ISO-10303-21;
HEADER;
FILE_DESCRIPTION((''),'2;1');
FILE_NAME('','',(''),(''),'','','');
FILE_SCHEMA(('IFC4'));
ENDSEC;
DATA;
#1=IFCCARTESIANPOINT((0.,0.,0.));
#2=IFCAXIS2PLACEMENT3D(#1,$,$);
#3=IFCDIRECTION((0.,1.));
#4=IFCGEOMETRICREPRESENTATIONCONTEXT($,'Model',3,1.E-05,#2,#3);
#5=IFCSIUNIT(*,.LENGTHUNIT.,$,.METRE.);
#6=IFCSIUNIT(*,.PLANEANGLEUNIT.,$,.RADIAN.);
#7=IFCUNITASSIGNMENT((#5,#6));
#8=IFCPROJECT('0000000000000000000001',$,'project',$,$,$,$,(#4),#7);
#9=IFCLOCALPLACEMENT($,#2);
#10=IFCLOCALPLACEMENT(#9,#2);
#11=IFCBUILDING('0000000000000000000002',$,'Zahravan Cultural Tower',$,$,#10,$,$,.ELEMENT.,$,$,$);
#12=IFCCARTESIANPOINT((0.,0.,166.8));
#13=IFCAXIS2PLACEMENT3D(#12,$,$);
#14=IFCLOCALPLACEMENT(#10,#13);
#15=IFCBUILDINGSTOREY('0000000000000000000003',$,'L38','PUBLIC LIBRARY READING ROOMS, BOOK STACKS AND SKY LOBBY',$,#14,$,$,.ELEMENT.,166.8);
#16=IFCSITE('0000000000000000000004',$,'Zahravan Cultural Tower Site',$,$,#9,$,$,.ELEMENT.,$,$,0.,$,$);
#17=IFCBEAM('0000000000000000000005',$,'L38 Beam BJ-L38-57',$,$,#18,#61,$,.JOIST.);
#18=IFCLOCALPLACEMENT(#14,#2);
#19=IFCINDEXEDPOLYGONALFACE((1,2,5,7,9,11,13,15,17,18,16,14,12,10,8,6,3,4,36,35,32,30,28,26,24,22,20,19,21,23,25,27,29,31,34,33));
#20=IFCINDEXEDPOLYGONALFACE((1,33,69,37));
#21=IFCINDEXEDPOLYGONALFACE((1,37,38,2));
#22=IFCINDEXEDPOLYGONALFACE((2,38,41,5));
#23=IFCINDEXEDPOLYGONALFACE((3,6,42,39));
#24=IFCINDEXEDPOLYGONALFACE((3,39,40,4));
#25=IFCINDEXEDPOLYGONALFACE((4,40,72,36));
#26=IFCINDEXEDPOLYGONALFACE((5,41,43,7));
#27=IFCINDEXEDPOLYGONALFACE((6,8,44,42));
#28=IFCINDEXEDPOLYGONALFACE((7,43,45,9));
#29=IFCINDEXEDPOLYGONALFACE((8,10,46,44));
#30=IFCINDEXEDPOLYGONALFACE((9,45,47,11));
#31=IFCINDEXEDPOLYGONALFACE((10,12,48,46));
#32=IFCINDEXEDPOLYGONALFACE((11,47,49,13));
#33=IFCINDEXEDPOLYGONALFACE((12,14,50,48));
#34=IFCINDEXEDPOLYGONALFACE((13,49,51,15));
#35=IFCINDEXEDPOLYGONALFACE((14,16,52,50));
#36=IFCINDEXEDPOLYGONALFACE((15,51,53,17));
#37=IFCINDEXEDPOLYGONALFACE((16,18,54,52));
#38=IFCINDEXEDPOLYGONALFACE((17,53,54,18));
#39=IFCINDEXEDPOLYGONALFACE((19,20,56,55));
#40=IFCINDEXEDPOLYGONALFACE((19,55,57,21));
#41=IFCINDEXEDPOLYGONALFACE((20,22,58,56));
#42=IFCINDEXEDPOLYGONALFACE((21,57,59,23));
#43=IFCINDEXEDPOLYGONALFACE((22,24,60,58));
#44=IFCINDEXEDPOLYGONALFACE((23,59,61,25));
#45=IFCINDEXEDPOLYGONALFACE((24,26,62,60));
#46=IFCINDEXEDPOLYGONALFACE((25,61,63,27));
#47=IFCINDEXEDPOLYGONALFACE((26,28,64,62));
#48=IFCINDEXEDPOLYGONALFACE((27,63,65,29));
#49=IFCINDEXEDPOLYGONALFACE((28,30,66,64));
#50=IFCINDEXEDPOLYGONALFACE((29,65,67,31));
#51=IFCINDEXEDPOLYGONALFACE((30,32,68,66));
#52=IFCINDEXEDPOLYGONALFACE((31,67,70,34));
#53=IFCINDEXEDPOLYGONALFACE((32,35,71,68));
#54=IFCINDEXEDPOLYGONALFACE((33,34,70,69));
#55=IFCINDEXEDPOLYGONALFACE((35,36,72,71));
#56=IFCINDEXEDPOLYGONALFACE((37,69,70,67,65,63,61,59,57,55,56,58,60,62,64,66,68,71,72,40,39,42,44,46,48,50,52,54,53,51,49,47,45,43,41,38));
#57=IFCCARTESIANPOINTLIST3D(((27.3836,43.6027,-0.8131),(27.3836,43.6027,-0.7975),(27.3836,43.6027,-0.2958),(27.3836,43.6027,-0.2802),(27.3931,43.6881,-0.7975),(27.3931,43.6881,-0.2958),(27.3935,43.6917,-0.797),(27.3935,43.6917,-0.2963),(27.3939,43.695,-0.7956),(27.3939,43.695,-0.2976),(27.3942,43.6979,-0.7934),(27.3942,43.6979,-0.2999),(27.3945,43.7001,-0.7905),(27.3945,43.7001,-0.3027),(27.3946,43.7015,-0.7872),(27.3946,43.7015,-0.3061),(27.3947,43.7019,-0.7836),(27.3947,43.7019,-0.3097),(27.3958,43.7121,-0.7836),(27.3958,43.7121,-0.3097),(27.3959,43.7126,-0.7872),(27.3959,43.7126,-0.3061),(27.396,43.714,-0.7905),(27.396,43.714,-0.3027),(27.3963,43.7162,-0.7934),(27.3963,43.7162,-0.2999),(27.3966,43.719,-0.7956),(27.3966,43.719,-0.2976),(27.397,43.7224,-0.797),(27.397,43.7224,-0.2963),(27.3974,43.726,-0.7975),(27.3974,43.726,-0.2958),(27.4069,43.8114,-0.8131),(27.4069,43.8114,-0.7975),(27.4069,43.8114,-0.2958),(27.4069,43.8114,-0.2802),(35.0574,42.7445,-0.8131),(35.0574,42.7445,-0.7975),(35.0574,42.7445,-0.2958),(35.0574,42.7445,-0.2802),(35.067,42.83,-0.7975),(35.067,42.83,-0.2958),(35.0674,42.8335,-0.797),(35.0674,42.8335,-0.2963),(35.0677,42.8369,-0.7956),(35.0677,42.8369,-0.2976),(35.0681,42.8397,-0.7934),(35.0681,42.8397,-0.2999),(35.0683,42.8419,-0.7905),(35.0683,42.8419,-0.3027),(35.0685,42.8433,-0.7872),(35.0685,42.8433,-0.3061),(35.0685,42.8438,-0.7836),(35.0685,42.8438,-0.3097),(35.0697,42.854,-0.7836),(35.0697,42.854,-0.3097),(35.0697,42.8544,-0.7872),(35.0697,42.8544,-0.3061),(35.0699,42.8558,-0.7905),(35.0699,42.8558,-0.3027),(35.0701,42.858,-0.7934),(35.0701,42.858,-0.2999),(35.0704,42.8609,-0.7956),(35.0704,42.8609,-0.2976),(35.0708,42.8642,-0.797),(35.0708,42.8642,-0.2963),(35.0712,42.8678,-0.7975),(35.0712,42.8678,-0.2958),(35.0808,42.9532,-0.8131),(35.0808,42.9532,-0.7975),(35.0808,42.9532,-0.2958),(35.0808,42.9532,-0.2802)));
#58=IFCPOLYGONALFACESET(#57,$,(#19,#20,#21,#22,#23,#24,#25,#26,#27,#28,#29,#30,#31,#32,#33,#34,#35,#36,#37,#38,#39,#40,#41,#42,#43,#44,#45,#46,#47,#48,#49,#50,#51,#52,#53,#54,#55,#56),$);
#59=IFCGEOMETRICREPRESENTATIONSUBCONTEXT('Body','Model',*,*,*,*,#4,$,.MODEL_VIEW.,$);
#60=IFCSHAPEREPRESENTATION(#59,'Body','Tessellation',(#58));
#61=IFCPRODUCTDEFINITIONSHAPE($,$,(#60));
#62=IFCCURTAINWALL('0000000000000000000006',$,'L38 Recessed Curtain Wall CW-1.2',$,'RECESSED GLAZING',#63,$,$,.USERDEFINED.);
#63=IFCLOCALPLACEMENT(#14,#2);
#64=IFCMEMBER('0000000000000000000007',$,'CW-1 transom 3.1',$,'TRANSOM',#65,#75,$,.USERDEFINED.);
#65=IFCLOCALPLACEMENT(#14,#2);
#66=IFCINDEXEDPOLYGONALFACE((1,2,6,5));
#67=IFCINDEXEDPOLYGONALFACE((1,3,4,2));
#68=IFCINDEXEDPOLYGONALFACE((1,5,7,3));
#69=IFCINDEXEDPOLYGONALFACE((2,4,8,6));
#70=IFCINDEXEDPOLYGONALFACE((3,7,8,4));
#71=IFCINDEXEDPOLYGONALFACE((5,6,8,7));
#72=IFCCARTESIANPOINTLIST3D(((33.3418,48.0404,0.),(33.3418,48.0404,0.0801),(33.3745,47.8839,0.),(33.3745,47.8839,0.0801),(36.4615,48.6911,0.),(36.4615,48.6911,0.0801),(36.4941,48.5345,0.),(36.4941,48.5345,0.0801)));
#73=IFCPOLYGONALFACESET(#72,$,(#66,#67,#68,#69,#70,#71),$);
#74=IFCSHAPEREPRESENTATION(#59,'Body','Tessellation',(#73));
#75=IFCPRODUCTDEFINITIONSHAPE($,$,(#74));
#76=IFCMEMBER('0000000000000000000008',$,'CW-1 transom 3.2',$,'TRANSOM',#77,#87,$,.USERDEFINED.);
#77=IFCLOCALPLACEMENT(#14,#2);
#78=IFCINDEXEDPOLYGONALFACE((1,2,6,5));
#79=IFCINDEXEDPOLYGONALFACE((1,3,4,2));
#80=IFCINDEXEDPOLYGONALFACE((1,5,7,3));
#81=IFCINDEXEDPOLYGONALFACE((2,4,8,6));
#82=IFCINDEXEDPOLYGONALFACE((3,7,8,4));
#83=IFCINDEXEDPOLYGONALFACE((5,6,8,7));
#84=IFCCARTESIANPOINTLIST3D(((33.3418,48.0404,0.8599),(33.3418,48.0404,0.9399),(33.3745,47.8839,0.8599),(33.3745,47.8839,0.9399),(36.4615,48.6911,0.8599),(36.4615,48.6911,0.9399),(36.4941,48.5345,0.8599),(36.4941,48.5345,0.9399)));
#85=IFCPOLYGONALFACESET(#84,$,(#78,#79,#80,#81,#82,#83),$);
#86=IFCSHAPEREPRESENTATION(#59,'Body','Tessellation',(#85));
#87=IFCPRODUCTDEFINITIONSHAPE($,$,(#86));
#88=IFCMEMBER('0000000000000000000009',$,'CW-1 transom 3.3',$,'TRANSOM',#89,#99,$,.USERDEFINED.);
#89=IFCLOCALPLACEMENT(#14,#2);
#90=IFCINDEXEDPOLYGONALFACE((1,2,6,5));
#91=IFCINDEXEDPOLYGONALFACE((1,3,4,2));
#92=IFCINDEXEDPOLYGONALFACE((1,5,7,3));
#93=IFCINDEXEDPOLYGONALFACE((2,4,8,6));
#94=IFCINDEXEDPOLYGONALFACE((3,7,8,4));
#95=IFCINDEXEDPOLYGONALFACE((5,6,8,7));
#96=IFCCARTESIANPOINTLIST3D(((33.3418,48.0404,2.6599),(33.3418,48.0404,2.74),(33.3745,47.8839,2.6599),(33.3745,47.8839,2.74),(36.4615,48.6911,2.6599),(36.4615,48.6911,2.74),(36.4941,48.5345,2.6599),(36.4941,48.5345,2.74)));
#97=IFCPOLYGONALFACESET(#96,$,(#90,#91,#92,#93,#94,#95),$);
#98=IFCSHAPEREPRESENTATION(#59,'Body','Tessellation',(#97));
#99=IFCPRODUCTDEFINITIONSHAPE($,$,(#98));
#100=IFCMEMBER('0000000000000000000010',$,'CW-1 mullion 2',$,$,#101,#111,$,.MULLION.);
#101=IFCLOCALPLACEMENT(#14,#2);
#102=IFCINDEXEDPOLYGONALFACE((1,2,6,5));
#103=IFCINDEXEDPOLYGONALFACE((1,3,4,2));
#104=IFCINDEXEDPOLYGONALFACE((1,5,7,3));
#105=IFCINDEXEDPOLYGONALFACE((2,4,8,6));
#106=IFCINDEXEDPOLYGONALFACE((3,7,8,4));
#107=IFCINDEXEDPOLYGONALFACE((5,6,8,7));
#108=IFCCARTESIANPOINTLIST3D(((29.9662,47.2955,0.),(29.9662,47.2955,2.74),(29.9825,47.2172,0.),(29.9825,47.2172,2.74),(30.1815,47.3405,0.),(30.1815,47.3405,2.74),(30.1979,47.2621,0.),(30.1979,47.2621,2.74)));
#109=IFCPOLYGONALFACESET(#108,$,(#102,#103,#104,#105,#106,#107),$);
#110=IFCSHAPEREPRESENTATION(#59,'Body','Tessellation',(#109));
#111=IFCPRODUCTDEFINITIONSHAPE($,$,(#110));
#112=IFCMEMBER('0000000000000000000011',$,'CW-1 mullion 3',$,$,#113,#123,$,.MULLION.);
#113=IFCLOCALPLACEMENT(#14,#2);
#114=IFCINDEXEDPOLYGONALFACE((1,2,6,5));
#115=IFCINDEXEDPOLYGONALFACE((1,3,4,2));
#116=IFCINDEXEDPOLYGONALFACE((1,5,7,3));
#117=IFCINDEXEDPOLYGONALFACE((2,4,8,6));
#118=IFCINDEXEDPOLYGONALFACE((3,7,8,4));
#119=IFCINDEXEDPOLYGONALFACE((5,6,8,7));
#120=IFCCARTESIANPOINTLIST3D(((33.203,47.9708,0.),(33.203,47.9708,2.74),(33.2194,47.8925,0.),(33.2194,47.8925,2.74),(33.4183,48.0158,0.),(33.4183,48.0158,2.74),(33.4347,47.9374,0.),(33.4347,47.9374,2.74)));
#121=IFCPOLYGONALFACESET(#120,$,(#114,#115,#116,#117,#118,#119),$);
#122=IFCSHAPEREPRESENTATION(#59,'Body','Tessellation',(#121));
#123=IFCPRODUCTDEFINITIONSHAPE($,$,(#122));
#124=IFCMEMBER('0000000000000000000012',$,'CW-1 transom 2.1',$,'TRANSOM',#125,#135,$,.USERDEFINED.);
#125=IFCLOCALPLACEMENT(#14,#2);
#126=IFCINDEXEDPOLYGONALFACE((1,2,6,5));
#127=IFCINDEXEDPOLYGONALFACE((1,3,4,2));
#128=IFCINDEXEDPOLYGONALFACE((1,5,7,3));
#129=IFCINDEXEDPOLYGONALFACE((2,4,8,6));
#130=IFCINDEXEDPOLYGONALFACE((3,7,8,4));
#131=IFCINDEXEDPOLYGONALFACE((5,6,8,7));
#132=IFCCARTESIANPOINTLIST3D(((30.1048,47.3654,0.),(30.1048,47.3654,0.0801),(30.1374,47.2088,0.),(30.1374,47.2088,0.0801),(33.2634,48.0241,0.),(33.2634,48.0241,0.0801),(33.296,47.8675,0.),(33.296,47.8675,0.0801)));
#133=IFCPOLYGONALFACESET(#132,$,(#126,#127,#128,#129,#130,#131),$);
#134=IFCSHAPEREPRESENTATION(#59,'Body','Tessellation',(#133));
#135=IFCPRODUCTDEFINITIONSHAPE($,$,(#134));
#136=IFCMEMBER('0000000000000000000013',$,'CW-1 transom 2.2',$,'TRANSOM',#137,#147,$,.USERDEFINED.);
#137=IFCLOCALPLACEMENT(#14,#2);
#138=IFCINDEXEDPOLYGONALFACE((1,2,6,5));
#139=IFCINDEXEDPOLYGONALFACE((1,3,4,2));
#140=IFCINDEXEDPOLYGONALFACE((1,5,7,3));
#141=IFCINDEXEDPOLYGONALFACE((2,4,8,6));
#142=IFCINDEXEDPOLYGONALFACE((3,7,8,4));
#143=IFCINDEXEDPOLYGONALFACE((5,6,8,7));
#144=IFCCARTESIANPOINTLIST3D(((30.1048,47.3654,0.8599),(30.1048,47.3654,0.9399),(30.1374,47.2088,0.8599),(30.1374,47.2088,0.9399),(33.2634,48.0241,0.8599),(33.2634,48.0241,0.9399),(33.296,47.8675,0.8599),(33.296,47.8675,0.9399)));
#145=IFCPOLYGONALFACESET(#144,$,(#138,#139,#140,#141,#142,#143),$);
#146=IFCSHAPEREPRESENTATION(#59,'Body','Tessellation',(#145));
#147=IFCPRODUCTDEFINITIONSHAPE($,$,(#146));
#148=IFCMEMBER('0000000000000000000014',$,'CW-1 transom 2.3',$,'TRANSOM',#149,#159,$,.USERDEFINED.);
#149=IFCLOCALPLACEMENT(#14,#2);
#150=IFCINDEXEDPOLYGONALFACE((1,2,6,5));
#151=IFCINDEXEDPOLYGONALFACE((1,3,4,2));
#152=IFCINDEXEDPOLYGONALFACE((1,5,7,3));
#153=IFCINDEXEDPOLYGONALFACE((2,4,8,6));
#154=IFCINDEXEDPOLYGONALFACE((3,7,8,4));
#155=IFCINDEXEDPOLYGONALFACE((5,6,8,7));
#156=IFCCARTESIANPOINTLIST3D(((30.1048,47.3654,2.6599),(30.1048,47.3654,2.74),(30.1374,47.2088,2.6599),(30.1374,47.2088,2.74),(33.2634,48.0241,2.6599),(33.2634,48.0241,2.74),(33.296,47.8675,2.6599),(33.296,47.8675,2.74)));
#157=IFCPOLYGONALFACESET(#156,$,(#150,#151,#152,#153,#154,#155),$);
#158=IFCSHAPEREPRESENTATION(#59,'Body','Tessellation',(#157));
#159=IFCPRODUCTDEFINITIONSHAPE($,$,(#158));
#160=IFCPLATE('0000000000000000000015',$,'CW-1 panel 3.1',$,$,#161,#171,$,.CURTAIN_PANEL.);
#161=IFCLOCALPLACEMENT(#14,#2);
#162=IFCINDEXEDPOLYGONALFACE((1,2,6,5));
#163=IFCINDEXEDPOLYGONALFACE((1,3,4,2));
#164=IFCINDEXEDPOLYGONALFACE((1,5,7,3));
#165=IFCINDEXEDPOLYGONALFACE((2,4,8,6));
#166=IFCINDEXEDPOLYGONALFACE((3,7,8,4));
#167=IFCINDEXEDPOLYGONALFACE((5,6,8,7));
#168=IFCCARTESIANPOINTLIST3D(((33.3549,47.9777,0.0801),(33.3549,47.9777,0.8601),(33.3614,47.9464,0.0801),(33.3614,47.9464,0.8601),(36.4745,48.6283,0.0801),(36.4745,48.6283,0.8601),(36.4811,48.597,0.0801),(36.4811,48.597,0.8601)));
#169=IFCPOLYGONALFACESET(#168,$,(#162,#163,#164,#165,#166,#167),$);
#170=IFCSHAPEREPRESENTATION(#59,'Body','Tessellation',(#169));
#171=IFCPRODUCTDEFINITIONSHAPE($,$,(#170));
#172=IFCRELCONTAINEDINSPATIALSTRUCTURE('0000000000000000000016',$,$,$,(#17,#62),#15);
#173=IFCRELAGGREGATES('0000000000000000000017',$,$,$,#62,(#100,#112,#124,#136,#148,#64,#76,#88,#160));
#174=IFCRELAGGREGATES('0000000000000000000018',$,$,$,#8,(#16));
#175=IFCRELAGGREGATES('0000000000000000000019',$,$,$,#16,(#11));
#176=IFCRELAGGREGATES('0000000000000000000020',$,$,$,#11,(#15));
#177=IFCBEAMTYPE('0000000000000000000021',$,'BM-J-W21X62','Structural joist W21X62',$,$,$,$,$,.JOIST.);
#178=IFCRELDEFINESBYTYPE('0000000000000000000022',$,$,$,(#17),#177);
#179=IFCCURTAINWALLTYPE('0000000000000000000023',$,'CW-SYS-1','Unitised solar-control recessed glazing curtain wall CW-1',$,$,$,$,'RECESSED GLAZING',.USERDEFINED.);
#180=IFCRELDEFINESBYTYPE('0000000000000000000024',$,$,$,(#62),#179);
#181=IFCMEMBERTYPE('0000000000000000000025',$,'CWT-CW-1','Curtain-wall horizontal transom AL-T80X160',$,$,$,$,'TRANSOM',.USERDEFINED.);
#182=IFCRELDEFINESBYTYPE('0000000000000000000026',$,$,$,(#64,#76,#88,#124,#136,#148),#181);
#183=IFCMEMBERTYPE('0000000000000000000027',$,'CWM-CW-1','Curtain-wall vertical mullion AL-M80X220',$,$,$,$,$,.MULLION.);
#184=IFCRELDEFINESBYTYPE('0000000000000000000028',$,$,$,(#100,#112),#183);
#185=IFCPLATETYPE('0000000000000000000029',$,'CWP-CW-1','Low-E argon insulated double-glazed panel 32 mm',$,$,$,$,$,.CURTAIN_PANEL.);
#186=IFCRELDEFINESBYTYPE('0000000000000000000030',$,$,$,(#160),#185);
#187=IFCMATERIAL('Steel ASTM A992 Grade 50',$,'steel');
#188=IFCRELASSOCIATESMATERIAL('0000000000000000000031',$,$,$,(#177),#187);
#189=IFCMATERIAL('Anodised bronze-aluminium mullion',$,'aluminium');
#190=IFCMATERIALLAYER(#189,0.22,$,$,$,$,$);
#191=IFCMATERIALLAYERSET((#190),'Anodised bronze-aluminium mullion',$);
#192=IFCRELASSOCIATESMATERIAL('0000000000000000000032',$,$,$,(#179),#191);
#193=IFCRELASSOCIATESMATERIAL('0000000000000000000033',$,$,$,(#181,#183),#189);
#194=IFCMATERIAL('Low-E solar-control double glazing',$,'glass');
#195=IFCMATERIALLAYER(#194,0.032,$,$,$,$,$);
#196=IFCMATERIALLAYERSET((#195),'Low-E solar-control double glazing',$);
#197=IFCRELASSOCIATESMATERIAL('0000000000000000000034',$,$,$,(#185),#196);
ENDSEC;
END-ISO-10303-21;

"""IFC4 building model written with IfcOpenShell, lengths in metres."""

from ifc_helpers import new_model, si_unit, direction, frame, origin, origin_2d, place, context, subcontext, project, spatial, rectangle, i_section, extrude, source, transform, mapped, material, layer, layer_set, material_profile, profile_set, type_object, element, aggregate, save


model = new_model("IFC4")

# Units and contexts
model_context = context("Model", 3, precision=1e-05, world=origin(), true_north=direction((0.0, 1.0)))
body_context = subcontext(model_context, "Body", "Model", "MODEL_VIEW")
ifc_project = project(units=[si_unit("LENGTHUNIT", "METRE"), si_unit("PLANEANGLEUNIT", "RADIAN")], contexts=[model_context])

# Site, building, storey
site_placement = place(None, origin())
site = spatial("IfcSite", under=ifc_project, at=site_placement, Name="Zahravan Cultural Tower Site", CompositionType="ELEMENT", RefElevation=0.0)
building_placement = place(site_placement, origin())
building = spatial("IfcBuilding", under=site, at=building_placement, Name="Zahravan Cultural Tower", CompositionType="ELEMENT")
storey_placement = place(building_placement, frame((0.0, 0.0, 166.8)))
storey = spatial("IfcBuildingStorey", under=building, at=storey_placement, Name="L38", Description="PUBLIC LIBRARY READING ROOMS, BOOK STACKS AND SKY LOBBY", CompositionType="ELEMENT", Elevation=166.8)

# Shared definitions
ifc_material_1 = material(Name="Steel ASTM A992 Grade 50", Category="steel")

# Beam
ifc_material_profile_1 = material_profile(ifc_material_1, i_section(OverallWidth=0.21, OverallDepth=0.533, WebThickness=0.0103, FlangeThickness=0.0156, FilletRadius=0.0139, at=origin_2d()), Name="W21X62")
ifc_profile_set_1 = profile_set([ifc_material_profile_1], Name="Steel ASTM A992 Grade 50")
beam_type_1 = type_object("IfcBeamType", Name="BM-J-W21X62", Description="Structural joist W21X62", PredefinedType="JOIST", material=ifc_profile_set_1)
shared_shape_1 = source(origin(), body_context, "Body", "SweptSolid", [
    extrude(i_section(OverallWidth=0.21, OverallDepth=0.533, WebThickness=0.0103, FlangeThickness=0.0156, FilletRadius=0.0139, at=origin_2d()), origin(), (0.0, 0.0, 1.0), 7.7217),
])
beam_1_placement = place(storey_placement, frame((35.0691, 42.8489, -0.5466), z_axis=(-0.993805, 0.111136, 0.0), x_axis=(-0.111136, -0.993805, 0.0)))
element("IfcBeam", 1, at=beam_1_placement, inside=storey, type_object=beam_type_1, Name="L38 Beam BJ-L38-57", PredefinedType="JOIST", context=body_context, shape_type="MappedRepresentation", body=[
    mapped(shared_shape_1, transform((0.0, 0.0, 0.0), x_axis=(1.0, 0.0, 0.0), y_axis=(0.0, 1.0, 0.0), z_axis=(0.0, 0.0, 1.0), scale=1.0)),
])

# Curtain wall, members, plate
ifc_material_2 = material(Name="Anodised bronze-aluminium mullion", Category="aluminium")
ifc_layer_1 = layer(ifc_material_2, 0.22)
ifc_layer_set_1 = layer_set([ifc_layer_1], Name="Anodised bronze-aluminium mullion")
curtain_wall_type = type_object("IfcCurtainWallType", Name="CW-SYS-1", Description="Unitised solar-control recessed glazing curtain wall CW-1", ElementType="RECESSED GLAZING", PredefinedType="USERDEFINED", material=ifc_layer_set_1)
curtain_wall_placement = place(storey_placement, origin())
curtain_wall = element("IfcCurtainWall", 2, at=curtain_wall_placement, inside=storey, type_object=curtain_wall_type, Name="L38 Recessed Curtain Wall CW-1.2", ObjectType="RECESSED GLAZING", PredefinedType="USERDEFINED")
ifc_material_profile_2 = material_profile(ifc_material_2, rectangle(XDim=0.1599, YDim=0.0801, at=origin_2d()), Name="AL-T80X160")
ifc_profile_set_2 = profile_set([ifc_material_profile_2], Name="Anodised bronze-aluminium mullion")
member_type_1 = type_object("IfcMemberType", Name="CWT-CW-1", Description="Curtain-wall horizontal transom AL-T80X160", ElementType="TRANSOM", PredefinedType="USERDEFINED", material=ifc_profile_set_2)
shared_shape_2 = source(origin(), body_context, "Body", "SweptSolid", [
    extrude(rectangle(XDim=0.1599, YDim=0.0801, at=origin_2d()), origin(), (0.0, 0.0, 1.0), 3.1868),
])
member_1_placement = place(storey_placement, frame((33.3582, 47.9622, 0.04), z_axis=(0.978936, 0.204168, 0.0), x_axis=(-0.204168, 0.978936, 0.0)))
member_1 = element("IfcMember", 3, at=member_1_placement, type_object=member_type_1, Name="CW-1 transom 3.1", ObjectType="TRANSOM", PredefinedType="USERDEFINED", context=body_context, shape_type="MappedRepresentation", body=[
    mapped(shared_shape_2, transform((0.0, 0.0, 0.0), x_axis=(1.0, 0.0, 0.0), y_axis=(0.0, 1.0, 0.0), z_axis=(0.0, 0.0, 1.0), scale=1.0)),
])
member_2_placement = place(storey_placement, frame((33.3582, 47.9622, 0.8999), z_axis=(0.978936, 0.204168, 0.0), x_axis=(-0.204168, 0.978936, 0.0)))
member_2 = element("IfcMember", 4, at=member_2_placement, type_object=member_type_1, Name="CW-1 transom 3.2", ObjectType="TRANSOM", PredefinedType="USERDEFINED", context=body_context, shape_type="MappedRepresentation", body=[
    mapped(shared_shape_2, transform((0.0, 0.0, 0.0), x_axis=(1.0, 0.0, 0.0), y_axis=(0.0, 1.0, 0.0), z_axis=(0.0, 0.0, 1.0), scale=1.0)),
])
member_3_placement = place(storey_placement, frame((33.3582, 47.9622, 2.7), z_axis=(0.978936, 0.204168, 0.0), x_axis=(-0.204168, 0.978936, 0.0)))
member_3 = element("IfcMember", 5, at=member_3_placement, type_object=member_type_1, Name="CW-1 transom 3.3", ObjectType="TRANSOM", PredefinedType="USERDEFINED", context=body_context, shape_type="MappedRepresentation", body=[
    mapped(shared_shape_2, transform((0.0, 0.0, 0.0), x_axis=(1.0, 0.0, 0.0), y_axis=(0.0, 1.0, 0.0), z_axis=(0.0, 0.0, 1.0), scale=1.0)),
])
ifc_material_profile_3 = material_profile(ifc_material_2, rectangle(XDim=0.0801, YDim=0.22, at=origin_2d()), Name="AL-M80X220")
ifc_profile_set_3 = profile_set([ifc_material_profile_3], Name="Anodised bronze-aluminium mullion")
member_type_2 = type_object("IfcMemberType", Name="CWM-CW-1", Description="Curtain-wall vertical mullion AL-M80X220", PredefinedType="MULLION", material=ifc_profile_set_3)
shared_shape_3 = source(origin(), body_context, "Body", "SweptSolid", [
    extrude(rectangle(XDim=0.0801, YDim=0.22, at=origin_2d()), origin(), (0.0, 0.0, 1.0), 2.74),
])
member_4_placement = place(storey_placement, frame((30.082, 47.2788, 0.0), z_axis=(0.0, 0.0, 1.0), x_axis=(-0.204162, 0.978937, 0.0)))
member_4 = element("IfcMember", 6, at=member_4_placement, type_object=member_type_2, Name="CW-1 mullion 2", PredefinedType="MULLION", context=body_context, shape_type="MappedRepresentation", body=[
    mapped(shared_shape_3, transform((0.0, 0.0, 0.0), x_axis=(1.0, 0.0, 0.0), y_axis=(0.0, 1.0, 0.0), z_axis=(0.0, 0.0, 1.0), scale=1.0)),
])
member_5_placement = place(storey_placement, frame((33.3188, 47.9541, 0.0), z_axis=(0.0, 0.0, 1.0), x_axis=(-0.204162, 0.978937, 0.0)))
member_5 = element("IfcMember", 7, at=member_5_placement, type_object=member_type_2, Name="CW-1 mullion 3", PredefinedType="MULLION", context=body_context, shape_type="MappedRepresentation", body=[
    mapped(shared_shape_3, transform((0.0, 0.0, 0.0), x_axis=(1.0, 0.0, 0.0), y_axis=(0.0, 1.0, 0.0), z_axis=(0.0, 0.0, 1.0), scale=1.0)),
])
shared_shape_4 = source(origin(), body_context, "Body", "SweptSolid", [
    extrude(rectangle(XDim=0.1599, YDim=0.0801, at=origin_2d()), origin(), (0.0, 0.0, 1.0), 3.2266),
])
member_6_placement = place(storey_placement, frame((30.1211, 47.2871, 0.04), z_axis=(0.978941, 0.204142, 0.0), x_axis=(-0.204142, 0.978941, 0.0)))
member_6 = element("IfcMember", 8, at=member_6_placement, type_object=member_type_1, Name="CW-1 transom 2.1", ObjectType="TRANSOM", PredefinedType="USERDEFINED", context=body_context, shape_type="MappedRepresentation", body=[
    mapped(shared_shape_4, transform((0.0, 0.0, 0.0), x_axis=(1.0, 0.0, 0.0), y_axis=(0.0, 1.0, 0.0), z_axis=(0.0, 0.0, 1.0), scale=1.0)),
])
member_7_placement = place(storey_placement, frame((30.1211, 47.2871, 0.8999), z_axis=(0.978941, 0.204142, 0.0), x_axis=(-0.204142, 0.978941, 0.0)))
member_7 = element("IfcMember", 9, at=member_7_placement, type_object=member_type_1, Name="CW-1 transom 2.2", ObjectType="TRANSOM", PredefinedType="USERDEFINED", context=body_context, shape_type="MappedRepresentation", body=[
    mapped(shared_shape_4, transform((0.0, 0.0, 0.0), x_axis=(1.0, 0.0, 0.0), y_axis=(0.0, 1.0, 0.0), z_axis=(0.0, 0.0, 1.0), scale=1.0)),
])
member_8_placement = place(storey_placement, frame((30.1211, 47.2871, 2.7), z_axis=(0.978941, 0.204142, 0.0), x_axis=(-0.204142, 0.978941, 0.0)))
member_8 = element("IfcMember", 10, at=member_8_placement, type_object=member_type_1, Name="CW-1 transom 2.3", ObjectType="TRANSOM", PredefinedType="USERDEFINED", context=body_context, shape_type="MappedRepresentation", body=[
    mapped(shared_shape_4, transform((0.0, 0.0, 0.0), x_axis=(1.0, 0.0, 0.0), y_axis=(0.0, 1.0, 0.0), z_axis=(0.0, 0.0, 1.0), scale=1.0)),
])
ifc_material_3 = material(Name="Low-E solar-control double glazing", Category="glass")
ifc_layer_2 = layer(ifc_material_3, 0.032)
ifc_layer_set_2 = layer_set([ifc_layer_2], Name="Low-E solar-control double glazing")
plate_type = type_object("IfcPlateType", Name="CWP-CW-1", Description="Low-E argon insulated double-glazed panel 32 mm", PredefinedType="CURTAIN_PANEL", material=ifc_layer_set_2)
shared_shape_5 = source(origin(), body_context, "Body", "SweptSolid", [
    extrude(rectangle(XDim=3.1868, YDim=0.032, at=origin_2d()), origin(), (0.0, 0.0, 1.0), 0.78),
])
plate_1_placement = place(storey_placement, frame((34.918, 48.2874, 0.0801), z_axis=(0.0, 0.0, 1.0), x_axis=(0.978937, 0.204162, 0.0)))
plate_1 = element("IfcPlate", 11, at=plate_1_placement, type_object=plate_type, Name="CW-1 panel 3.1", PredefinedType="CURTAIN_PANEL", context=body_context, shape_type="MappedRepresentation", body=[
    mapped(shared_shape_5, transform((0.0, 0.0, 0.0), x_axis=(1.0, 0.0, 0.0), y_axis=(0.0, 1.0, 0.0), z_axis=(0.0, 0.0, 1.0), scale=1.0)),
])
aggregate(curtain_wall, [member_4, member_5, member_6, member_7, member_8, member_1, member_2, member_3, plate_1])

save(model, "model.ifc")
